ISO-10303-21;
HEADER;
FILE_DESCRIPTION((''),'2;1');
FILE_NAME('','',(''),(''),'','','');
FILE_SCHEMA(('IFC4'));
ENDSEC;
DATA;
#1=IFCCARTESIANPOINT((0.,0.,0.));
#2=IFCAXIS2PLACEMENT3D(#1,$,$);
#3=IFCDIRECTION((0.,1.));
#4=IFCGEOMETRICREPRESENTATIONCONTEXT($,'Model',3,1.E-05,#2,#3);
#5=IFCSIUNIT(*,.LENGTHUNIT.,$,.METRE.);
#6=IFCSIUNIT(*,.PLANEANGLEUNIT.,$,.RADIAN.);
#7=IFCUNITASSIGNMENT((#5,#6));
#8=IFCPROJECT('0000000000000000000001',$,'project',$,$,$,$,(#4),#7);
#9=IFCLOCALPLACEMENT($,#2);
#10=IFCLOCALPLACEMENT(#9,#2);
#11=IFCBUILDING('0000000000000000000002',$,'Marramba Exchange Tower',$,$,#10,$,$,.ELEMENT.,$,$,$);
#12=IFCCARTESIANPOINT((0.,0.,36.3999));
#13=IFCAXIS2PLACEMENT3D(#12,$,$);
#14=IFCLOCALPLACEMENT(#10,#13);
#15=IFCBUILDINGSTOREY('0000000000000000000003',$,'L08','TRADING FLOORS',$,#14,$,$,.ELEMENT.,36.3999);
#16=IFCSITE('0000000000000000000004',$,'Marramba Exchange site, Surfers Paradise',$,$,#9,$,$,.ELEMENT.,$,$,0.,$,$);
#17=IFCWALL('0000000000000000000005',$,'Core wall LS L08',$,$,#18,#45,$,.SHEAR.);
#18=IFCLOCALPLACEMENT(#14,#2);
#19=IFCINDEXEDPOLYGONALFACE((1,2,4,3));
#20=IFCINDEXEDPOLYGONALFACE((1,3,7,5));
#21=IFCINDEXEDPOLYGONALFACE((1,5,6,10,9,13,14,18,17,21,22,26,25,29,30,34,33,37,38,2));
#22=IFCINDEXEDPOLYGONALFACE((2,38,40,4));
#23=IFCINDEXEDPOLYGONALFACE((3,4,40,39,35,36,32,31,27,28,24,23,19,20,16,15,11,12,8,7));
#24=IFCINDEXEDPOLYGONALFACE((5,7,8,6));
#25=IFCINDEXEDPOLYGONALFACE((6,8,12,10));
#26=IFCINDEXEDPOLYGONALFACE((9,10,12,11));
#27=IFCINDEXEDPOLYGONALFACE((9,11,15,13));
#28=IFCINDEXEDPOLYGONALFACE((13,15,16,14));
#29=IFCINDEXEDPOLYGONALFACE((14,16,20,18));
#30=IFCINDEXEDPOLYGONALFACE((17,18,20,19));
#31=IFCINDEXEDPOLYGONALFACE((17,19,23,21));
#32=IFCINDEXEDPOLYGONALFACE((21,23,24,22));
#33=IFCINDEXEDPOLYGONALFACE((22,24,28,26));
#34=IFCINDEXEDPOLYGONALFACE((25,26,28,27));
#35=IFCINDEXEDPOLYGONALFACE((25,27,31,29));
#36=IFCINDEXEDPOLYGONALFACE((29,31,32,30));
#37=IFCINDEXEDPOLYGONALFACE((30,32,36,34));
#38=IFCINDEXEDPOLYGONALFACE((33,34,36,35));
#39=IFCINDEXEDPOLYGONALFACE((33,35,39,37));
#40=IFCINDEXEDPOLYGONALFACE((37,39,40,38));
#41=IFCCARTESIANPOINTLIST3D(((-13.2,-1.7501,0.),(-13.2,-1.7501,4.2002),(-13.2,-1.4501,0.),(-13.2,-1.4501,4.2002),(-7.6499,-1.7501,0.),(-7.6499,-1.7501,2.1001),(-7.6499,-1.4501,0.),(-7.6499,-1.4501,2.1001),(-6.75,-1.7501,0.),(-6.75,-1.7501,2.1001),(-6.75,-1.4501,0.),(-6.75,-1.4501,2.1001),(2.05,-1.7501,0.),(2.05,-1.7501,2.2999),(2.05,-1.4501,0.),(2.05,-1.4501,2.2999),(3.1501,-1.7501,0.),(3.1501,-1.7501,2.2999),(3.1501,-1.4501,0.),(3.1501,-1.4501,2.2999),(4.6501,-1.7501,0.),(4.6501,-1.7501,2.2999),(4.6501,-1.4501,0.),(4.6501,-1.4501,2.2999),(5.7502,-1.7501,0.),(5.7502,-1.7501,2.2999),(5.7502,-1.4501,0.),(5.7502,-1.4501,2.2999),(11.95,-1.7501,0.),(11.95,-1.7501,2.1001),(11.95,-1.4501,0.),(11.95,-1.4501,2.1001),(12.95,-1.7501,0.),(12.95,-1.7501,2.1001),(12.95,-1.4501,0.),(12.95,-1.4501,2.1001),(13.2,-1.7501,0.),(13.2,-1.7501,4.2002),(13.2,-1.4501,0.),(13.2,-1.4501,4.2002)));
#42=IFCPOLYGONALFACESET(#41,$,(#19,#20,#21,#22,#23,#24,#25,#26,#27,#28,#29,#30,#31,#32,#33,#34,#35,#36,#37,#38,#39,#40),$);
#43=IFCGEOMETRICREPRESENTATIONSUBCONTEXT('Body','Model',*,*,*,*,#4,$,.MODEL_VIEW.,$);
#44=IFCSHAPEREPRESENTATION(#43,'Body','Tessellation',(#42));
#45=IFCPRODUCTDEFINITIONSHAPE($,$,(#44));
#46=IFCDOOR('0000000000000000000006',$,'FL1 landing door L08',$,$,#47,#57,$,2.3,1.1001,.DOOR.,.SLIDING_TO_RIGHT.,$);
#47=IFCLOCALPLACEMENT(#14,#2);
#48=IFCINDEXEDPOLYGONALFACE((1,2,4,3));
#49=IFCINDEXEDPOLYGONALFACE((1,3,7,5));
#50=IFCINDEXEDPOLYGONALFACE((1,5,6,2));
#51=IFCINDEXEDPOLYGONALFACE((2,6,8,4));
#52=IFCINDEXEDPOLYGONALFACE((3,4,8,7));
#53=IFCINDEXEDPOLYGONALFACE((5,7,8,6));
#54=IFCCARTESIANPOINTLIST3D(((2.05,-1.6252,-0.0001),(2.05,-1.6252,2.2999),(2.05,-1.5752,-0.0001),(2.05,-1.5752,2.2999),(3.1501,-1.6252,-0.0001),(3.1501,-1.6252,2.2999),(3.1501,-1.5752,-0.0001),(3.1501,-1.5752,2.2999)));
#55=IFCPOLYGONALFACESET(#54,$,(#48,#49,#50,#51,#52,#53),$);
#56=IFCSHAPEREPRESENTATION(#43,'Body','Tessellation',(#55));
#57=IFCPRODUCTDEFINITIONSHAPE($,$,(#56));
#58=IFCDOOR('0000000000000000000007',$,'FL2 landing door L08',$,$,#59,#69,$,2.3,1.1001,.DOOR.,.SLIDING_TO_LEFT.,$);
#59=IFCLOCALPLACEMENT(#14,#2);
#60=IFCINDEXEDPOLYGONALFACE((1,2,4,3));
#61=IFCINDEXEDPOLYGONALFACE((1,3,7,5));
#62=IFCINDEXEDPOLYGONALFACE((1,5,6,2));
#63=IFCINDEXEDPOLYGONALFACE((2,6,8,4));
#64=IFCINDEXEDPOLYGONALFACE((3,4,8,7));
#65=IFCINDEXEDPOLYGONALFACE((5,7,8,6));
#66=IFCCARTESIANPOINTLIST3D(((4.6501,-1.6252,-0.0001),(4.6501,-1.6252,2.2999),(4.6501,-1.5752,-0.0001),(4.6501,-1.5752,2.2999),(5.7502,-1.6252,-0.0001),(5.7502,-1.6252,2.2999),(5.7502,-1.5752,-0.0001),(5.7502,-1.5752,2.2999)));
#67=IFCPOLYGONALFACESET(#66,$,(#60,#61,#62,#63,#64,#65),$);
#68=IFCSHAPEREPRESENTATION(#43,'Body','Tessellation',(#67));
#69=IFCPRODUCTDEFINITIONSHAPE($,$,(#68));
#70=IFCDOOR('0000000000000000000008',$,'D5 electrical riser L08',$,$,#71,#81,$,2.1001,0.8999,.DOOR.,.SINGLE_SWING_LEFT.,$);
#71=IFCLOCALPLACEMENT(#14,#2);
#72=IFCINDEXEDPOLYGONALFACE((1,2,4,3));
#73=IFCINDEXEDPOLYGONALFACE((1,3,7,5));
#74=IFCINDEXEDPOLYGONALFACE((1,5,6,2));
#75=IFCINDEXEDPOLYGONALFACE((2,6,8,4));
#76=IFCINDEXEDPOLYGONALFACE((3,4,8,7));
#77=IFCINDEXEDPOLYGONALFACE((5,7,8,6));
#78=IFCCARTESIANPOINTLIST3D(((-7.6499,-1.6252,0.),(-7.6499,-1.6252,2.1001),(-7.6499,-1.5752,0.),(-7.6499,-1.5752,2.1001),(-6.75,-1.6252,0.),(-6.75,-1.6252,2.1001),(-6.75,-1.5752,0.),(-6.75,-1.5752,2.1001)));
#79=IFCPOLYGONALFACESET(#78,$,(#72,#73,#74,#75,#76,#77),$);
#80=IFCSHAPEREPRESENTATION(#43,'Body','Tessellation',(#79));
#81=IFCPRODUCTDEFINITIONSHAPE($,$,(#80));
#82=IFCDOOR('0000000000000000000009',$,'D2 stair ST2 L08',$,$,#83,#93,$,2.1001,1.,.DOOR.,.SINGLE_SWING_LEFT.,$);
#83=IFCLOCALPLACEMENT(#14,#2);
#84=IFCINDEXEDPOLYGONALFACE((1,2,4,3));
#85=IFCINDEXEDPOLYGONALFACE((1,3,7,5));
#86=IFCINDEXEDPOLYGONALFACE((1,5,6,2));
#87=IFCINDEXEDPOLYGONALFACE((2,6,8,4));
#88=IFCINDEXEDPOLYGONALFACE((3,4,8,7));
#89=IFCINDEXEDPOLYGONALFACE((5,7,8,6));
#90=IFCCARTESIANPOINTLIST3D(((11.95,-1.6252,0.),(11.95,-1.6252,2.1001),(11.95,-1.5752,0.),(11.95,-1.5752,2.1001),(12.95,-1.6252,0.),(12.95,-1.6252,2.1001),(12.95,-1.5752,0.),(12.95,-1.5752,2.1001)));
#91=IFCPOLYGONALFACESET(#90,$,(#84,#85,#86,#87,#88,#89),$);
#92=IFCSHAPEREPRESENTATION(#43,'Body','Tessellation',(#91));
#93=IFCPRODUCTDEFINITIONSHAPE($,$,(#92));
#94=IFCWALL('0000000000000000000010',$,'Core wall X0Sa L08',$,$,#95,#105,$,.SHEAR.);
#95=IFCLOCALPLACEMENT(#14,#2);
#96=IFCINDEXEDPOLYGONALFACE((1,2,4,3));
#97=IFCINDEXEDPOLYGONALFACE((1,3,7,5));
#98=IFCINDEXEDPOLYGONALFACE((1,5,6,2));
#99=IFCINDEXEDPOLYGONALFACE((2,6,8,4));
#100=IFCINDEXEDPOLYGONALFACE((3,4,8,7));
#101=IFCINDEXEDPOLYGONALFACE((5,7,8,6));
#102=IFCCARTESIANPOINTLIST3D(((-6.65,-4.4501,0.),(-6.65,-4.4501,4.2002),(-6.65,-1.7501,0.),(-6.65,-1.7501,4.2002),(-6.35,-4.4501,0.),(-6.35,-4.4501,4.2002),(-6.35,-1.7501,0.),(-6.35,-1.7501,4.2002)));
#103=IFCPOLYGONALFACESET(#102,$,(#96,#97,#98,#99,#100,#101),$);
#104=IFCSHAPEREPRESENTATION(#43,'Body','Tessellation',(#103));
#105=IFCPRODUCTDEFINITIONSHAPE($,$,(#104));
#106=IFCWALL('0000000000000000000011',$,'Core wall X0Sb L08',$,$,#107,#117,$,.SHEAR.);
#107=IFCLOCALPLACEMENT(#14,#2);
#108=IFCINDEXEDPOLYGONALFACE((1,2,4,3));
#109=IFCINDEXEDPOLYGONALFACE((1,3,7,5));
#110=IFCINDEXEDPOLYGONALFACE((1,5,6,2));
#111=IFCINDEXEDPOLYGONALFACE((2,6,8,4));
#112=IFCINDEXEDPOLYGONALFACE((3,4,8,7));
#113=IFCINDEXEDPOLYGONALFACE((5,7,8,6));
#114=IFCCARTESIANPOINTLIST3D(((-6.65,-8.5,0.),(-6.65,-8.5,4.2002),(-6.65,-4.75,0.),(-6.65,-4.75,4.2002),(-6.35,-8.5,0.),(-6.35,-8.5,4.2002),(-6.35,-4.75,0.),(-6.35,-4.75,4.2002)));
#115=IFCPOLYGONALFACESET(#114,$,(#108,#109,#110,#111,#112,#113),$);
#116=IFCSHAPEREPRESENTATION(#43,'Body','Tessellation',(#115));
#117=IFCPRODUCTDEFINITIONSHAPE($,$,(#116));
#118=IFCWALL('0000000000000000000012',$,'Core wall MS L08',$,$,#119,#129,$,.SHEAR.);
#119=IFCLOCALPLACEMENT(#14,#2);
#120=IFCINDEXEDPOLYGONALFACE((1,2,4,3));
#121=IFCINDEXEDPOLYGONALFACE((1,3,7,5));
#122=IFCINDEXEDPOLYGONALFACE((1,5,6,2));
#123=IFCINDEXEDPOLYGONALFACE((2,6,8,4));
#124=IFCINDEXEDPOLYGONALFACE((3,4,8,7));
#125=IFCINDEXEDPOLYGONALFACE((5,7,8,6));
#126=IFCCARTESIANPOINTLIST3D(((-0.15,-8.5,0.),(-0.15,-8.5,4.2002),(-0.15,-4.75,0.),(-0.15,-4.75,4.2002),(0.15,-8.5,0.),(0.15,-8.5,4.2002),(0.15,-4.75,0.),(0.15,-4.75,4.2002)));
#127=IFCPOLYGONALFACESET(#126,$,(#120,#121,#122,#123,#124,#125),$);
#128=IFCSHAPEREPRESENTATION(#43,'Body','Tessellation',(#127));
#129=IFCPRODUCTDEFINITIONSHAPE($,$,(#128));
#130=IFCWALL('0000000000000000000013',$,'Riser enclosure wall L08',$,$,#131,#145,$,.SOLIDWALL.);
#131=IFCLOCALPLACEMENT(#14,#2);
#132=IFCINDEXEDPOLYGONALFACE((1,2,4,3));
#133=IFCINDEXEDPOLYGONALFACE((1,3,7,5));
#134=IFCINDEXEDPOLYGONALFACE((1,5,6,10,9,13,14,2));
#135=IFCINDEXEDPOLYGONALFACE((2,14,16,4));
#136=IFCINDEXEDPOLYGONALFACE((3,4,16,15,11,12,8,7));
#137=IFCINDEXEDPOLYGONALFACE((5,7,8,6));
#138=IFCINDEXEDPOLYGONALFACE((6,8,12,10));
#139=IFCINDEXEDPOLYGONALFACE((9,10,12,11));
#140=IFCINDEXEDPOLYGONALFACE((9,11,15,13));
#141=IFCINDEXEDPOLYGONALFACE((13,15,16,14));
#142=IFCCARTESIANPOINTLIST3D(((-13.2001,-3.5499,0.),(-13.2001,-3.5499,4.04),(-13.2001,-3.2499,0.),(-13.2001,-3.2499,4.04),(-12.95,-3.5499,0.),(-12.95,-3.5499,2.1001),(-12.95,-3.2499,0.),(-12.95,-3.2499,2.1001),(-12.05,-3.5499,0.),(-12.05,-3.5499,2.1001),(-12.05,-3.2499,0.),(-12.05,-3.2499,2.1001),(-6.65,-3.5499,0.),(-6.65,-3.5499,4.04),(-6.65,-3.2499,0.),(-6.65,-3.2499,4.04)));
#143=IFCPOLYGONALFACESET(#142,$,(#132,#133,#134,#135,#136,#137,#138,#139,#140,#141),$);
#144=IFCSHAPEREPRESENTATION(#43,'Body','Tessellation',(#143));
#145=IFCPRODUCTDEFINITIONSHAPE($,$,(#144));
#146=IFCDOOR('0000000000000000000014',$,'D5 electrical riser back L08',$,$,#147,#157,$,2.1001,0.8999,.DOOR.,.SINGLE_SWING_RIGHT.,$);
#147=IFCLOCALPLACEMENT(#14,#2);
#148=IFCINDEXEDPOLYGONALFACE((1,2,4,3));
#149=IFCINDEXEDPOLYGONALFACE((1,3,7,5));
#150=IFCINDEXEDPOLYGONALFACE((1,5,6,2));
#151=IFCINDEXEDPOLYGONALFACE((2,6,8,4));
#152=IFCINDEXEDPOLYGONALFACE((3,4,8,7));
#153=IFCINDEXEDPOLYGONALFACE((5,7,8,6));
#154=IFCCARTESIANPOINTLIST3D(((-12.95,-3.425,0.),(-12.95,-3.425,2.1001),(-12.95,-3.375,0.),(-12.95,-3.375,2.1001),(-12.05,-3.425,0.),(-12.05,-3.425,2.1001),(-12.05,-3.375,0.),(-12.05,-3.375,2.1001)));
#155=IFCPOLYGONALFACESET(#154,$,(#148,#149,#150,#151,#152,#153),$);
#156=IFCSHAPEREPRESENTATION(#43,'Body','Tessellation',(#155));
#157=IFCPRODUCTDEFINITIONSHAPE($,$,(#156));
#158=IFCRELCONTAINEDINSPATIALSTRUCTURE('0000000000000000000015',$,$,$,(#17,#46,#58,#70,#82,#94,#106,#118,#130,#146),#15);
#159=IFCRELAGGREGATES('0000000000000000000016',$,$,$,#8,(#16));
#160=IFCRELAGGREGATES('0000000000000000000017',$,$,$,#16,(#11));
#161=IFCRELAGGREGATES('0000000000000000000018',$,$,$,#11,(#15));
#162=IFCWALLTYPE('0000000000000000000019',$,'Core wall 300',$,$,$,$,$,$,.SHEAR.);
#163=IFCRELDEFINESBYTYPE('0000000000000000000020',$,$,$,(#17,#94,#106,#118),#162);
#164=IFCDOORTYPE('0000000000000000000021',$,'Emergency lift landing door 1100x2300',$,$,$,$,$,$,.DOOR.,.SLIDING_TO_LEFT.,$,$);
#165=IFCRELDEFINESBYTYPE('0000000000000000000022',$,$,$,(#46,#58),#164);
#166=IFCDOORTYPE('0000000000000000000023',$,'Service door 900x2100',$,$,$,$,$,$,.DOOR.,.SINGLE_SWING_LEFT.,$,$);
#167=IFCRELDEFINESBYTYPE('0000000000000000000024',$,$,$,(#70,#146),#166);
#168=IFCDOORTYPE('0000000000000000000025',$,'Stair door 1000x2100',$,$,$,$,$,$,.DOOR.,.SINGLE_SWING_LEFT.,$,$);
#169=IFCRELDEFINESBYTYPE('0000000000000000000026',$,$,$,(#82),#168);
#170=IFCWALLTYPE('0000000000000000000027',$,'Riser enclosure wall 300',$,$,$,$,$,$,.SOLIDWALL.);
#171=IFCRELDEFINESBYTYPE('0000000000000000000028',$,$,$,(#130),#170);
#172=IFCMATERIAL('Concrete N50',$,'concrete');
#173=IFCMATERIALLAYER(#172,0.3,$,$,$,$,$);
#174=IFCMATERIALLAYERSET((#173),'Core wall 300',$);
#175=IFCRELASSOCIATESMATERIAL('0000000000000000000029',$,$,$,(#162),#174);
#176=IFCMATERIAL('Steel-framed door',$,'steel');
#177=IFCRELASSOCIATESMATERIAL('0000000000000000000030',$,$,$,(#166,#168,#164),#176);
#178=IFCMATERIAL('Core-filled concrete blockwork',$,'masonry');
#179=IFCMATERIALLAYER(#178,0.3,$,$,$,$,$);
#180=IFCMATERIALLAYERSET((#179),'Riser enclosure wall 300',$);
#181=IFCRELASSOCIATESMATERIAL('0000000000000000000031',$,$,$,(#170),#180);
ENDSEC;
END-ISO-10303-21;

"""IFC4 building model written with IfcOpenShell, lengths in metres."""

from ifc_helpers import new_model, si_unit, direction, frame, frame_2d, origin, place, context, subcontext, project, spatial, rectangle, extrude, material, layer, layer_set, type_object, element, fill, save


model = new_model("IFC4")

# Units and contexts
model_context = context("Model", 3, precision=1e-05, world=origin(), true_north=direction((0.0, 1.0)))
body_context = subcontext(model_context, "Body", "Model", "MODEL_VIEW")
ifc_project = project(units=[si_unit("LENGTHUNIT", "METRE"), si_unit("PLANEANGLEUNIT", "RADIAN")], contexts=[model_context])

# Site, building, storey
site_placement = place(None, origin())
site = spatial("IfcSite", under=ifc_project, at=site_placement, Name="Marramba Exchange site, Surfers Paradise", CompositionType="ELEMENT", RefElevation=0.0)
building_placement = place(site_placement, origin())
building = spatial("IfcBuilding", under=site, at=building_placement, Name="Marramba Exchange Tower", CompositionType="ELEMENT")
storey_placement = place(building_placement, frame((0.0, 0.0, 36.3999)))
storey = spatial("IfcBuildingStorey", under=building, at=storey_placement, Name="L08", Description="TRADING FLOORS", CompositionType="ELEMENT", Elevation=36.3999)

# Shared definitions
ifc_material_1 = material(Name="Concrete N50", Category="concrete")

# Wall, openings, doors
ifc_layer_1 = layer(ifc_material_1, 0.3)
ifc_layer_set_1 = layer_set([ifc_layer_1], Name="Core wall 300")
wall_type_1 = type_object("IfcWallType", Name="Core wall 300", PredefinedType="SHEAR", material=ifc_layer_set_1)
ifc_material_2 = material(Name="Steel-framed door", Category="steel")
door_type_1 = type_object("IfcDoorType", Name="Service door 900x2100", OperationType="SINGLE_SWING_LEFT", PredefinedType="DOOR", material=ifc_material_2)
door_type_2 = type_object("IfcDoorType", Name="Stair door 1000x2100", OperationType="SINGLE_SWING_LEFT", PredefinedType="DOOR", material=ifc_material_2)
wall_1_placement = place(storey_placement, frame((-13.2, -1.6001, 0.0), z_axis=(0.0, 0.0, 1.0), x_axis=(1.0, 0.0, 0.0)))
wall_1 = element("IfcWall", 1, at=wall_1_placement, inside=storey, type_object=wall_type_1, Name="Core wall LS L08", PredefinedType="SHEAR", context=body_context, shape_type="SweptSolid", body=[
    extrude(rectangle(XDim=26.3999, YDim=0.3, at=frame_2d((13.2, 0.0))), origin(), (0.0, 0.0, 1.0), 4.2002),
])
opening_1_placement = place(wall_1_placement, frame((25.1499, 0.0, 0.0)))
opening_1 = element("IfcOpeningElement", 2, at=opening_1_placement, cuts=wall_1, PredefinedType="OPENING", context=body_context, shape_type="SweptSolid", body=[
    extrude(rectangle(XDim=1.0, YDim=2.1001, at=frame_2d((0.5, 1.05))), frame((0.0, 0.1599, 0.0), z_axis=(0.0, -1.0, 0.0), x_axis=(1.0, 0.0, 0.0)), (0.0, 0.0, 1.0), 0.3201),
])
opening_2_placement = place(wall_1_placement, frame((15.25, 0.0, 0.0)))
opening_2 = element("IfcOpeningElement", 3, at=opening_2_placement, cuts=wall_1, PredefinedType="OPENING", context=body_context, shape_type="SweptSolid", body=[
    extrude(rectangle(XDim=1.1001, YDim=2.3, at=frame_2d((0.55, 1.1499))), frame((0.0, 0.1599, 0.0), z_axis=(0.0, -1.0, 0.0), x_axis=(1.0, 0.0, 0.0)), (0.0, 0.0, 1.0), 0.3201),
])
opening_3_placement = place(wall_1_placement, frame((17.8501, 0.0, 0.0)))
opening_3 = element("IfcOpeningElement", 4, at=opening_3_placement, cuts=wall_1, PredefinedType="OPENING", context=body_context, shape_type="SweptSolid", body=[
    extrude(rectangle(XDim=1.1001, YDim=2.3, at=frame_2d((0.55, 1.1499))), frame((0.0, 0.1599, 0.0), z_axis=(0.0, -1.0, 0.0), x_axis=(1.0, 0.0, 0.0)), (0.0, 0.0, 1.0), 0.3201),
])
opening_4_placement = place(wall_1_placement, frame((5.55, 0.0, 0.0)))
opening_4 = element("IfcOpeningElement", 5, at=opening_4_placement, cuts=wall_1, PredefinedType="OPENING", context=body_context, shape_type="SweptSolid", body=[
    extrude(rectangle(XDim=0.8999, YDim=2.1001, at=frame_2d((0.45, 1.05))), frame((0.0, 0.1599, 0.0), z_axis=(0.0, -1.0, 0.0), x_axis=(1.0, 0.0, 0.0)), (0.0, 0.0, 1.0), 0.3201),
])
door_type_3 = type_object("IfcDoorType", Name="Emergency lift landing door 1100x2300", OperationType="SLIDING_TO_LEFT", PredefinedType="DOOR", material=ifc_material_2)
door_1_placement = place(opening_2_placement, frame((1.1001, 0.0, 0.0), z_axis=(0.0, 0.0, 1.0), x_axis=(-1.0, 0.0, 0.0)))
door_1 = element("IfcDoor", 6, at=door_1_placement, inside=storey, type_object=door_type_3, Name="FL1 landing door L08", OperationType="SLIDING_TO_RIGHT", OverallHeight=2.3, OverallWidth=1.1001, PredefinedType="DOOR", context=body_context, shape_type="SweptSolid", body=[
    extrude(rectangle(XDim=1.1001, YDim=2.3, at=frame_2d((0.55, 1.1499))), frame((0.0, 0.0251, 0.0), z_axis=(0.0, -1.0, 0.0), x_axis=(1.0, 0.0, 0.0)), (0.0, 0.0, 1.0), 0.05),
])
fill(opening_2, door_1)
door_2_placement = place(opening_3_placement, frame((1.1001, 0.0, 0.0), z_axis=(0.0, 0.0, 1.0), x_axis=(-1.0, 0.0, 0.0)))
door_2 = element("IfcDoor", 7, at=door_2_placement, inside=storey, type_object=door_type_3, Name="FL2 landing door L08", OperationType="SLIDING_TO_LEFT", OverallHeight=2.3, OverallWidth=1.1001, PredefinedType="DOOR", context=body_context, shape_type="SweptSolid", body=[
    extrude(rectangle(XDim=1.1001, YDim=2.3, at=frame_2d((0.55, 1.1499))), frame((0.0, 0.0251, 0.0), z_axis=(0.0, -1.0, 0.0), x_axis=(1.0, 0.0, 0.0)), (0.0, 0.0, 1.0), 0.05),
])
fill(opening_3, door_2)
door_3_placement = place(opening_4_placement, frame((0.8999, 0.0, 0.0), z_axis=(0.0, 0.0, 1.0), x_axis=(-1.0, 0.0, 0.0)))
door_3 = element("IfcDoor", 8, at=door_3_placement, inside=storey, type_object=door_type_1, Name="D5 electrical riser L08", OperationType="SINGLE_SWING_LEFT", OverallHeight=2.1001, OverallWidth=0.8999, PredefinedType="DOOR", context=body_context, shape_type="SweptSolid", body=[
    extrude(rectangle(XDim=0.8999, YDim=2.1001, at=frame_2d((0.45, 1.05))), frame((0.0, 0.0251, 0.0), z_axis=(0.0, -1.0, 0.0), x_axis=(1.0, 0.0, 0.0)), (0.0, 0.0, 1.0), 0.05),
])
fill(opening_4, door_3)
door_4_placement = place(opening_1_placement, frame((1.0, 0.0, 0.0), z_axis=(0.0, 0.0, 1.0), x_axis=(-1.0, 0.0, 0.0)))
door_4 = element("IfcDoor", 9, at=door_4_placement, inside=storey, type_object=door_type_2, Name="D2 stair ST2 L08", OperationType="SINGLE_SWING_LEFT", OverallHeight=2.1001, OverallWidth=1.0, PredefinedType="DOOR", context=body_context, shape_type="SweptSolid", body=[
    extrude(rectangle(XDim=1.0, YDim=2.1001, at=frame_2d((0.5, 1.05))), frame((0.0, 0.0251, 0.0), z_axis=(0.0, -1.0, 0.0), x_axis=(1.0, 0.0, 0.0)), (0.0, 0.0, 1.0), 0.05),
])
fill(opening_1, door_4)

# Walls
wall_2_placement = place(storey_placement, frame((-6.5, -1.75, 0.0), z_axis=(0.0, 0.0, 1.0), x_axis=(0.0, -1.0, 0.0)))
element("IfcWall", 10, at=wall_2_placement, inside=storey, type_object=wall_type_1, Name="Core wall X0Sa L08", PredefinedType="SHEAR", context=body_context, shape_type="SweptSolid", body=[
    extrude(rectangle(XDim=2.7, YDim=0.3, at=frame_2d((1.3501, 0.0))), origin(), (0.0, 0.0, 1.0), 4.2002),
])
for number, where, z_axis, x_axis, name in (
    (11, (-6.5, -4.75, 0.0), (0.0, 0.0, 1.0), (0.0, -1.0, 0.0), "Core wall X0Sb L08"),
    (12, (0.0, -4.75, 0.0), (0.0, 0.0, 1.0), (0.0, -1.0, 0.0), "Core wall MS L08"),
):
    element("IfcWall", number, at=place(storey_placement, frame(where, z_axis=z_axis, x_axis=x_axis)), inside=storey, type_object=wall_type_1, Name=name, PredefinedType="SHEAR", context=body_context, shape_type="SweptSolid", body=[
        extrude(rectangle(XDim=3.75, YDim=0.3, at=frame_2d((1.875, 0.0))), origin(), (0.0, 0.0, 1.0), 4.2002),
    ])

# Wall, opening, door
ifc_material_3 = material(Name="Core-filled concrete blockwork", Category="masonry")
ifc_layer_2 = layer(ifc_material_3, 0.3)
ifc_layer_set_2 = layer_set([ifc_layer_2], Name="Riser enclosure wall 300")
wall_type_2 = type_object("IfcWallType", Name="Riser enclosure wall 300", PredefinedType="SOLIDWALL", material=ifc_layer_set_2)
wall_3_placement = place(storey_placement, frame((-13.2, -3.3999, 0.0), z_axis=(0.0, 0.0, 1.0), x_axis=(1.0, 0.0, 0.0)))
wall_3 = element("IfcWall", 13, at=wall_3_placement, inside=storey, type_object=wall_type_2, Name="Riser enclosure wall L08", PredefinedType="SOLIDWALL", context=body_context, shape_type="SweptSolid", body=[
    extrude(rectangle(XDim=6.55, YDim=0.3, at=frame_2d((3.2749, 0.0))), origin(), (0.0, 0.0, 1.0), 4.04),
])
opening_5_placement = place(wall_3_placement, frame((0.25, 0.0, 0.0)))
opening_5 = element("IfcOpeningElement", 14, at=opening_5_placement, cuts=wall_3, PredefinedType="OPENING", context=body_context, shape_type="SweptSolid", body=[
    extrude(rectangle(XDim=0.8999, YDim=2.1001, at=frame_2d((0.45, 1.05))), frame((0.0, 0.1599, 0.0), z_axis=(0.0, -1.0, 0.0), x_axis=(1.0, 0.0, 0.0)), (0.0, 0.0, 1.0), 0.3201),
])
door_5_placement = place(opening_5_placement, frame((0.8999, 0.0, 0.0), z_axis=(0.0, 0.0, 1.0), x_axis=(-1.0, 0.0, 0.0)))
door_5 = element("IfcDoor", 15, at=door_5_placement, inside=storey, type_object=door_type_1, Name="D5 electrical riser back L08", OperationType="SINGLE_SWING_RIGHT", OverallHeight=2.1001, OverallWidth=0.8999, PredefinedType="DOOR", context=body_context, shape_type="SweptSolid", body=[
    extrude(rectangle(XDim=0.8999, YDim=2.1001, at=frame_2d((0.45, 1.05))), frame((0.0, 0.0251, 0.0), z_axis=(0.0, -1.0, 0.0), x_axis=(1.0, 0.0, 0.0)), (0.0, 0.0, 1.0), 0.05),
])
fill(opening_5, door_5)

save(model, "model.ifc")
